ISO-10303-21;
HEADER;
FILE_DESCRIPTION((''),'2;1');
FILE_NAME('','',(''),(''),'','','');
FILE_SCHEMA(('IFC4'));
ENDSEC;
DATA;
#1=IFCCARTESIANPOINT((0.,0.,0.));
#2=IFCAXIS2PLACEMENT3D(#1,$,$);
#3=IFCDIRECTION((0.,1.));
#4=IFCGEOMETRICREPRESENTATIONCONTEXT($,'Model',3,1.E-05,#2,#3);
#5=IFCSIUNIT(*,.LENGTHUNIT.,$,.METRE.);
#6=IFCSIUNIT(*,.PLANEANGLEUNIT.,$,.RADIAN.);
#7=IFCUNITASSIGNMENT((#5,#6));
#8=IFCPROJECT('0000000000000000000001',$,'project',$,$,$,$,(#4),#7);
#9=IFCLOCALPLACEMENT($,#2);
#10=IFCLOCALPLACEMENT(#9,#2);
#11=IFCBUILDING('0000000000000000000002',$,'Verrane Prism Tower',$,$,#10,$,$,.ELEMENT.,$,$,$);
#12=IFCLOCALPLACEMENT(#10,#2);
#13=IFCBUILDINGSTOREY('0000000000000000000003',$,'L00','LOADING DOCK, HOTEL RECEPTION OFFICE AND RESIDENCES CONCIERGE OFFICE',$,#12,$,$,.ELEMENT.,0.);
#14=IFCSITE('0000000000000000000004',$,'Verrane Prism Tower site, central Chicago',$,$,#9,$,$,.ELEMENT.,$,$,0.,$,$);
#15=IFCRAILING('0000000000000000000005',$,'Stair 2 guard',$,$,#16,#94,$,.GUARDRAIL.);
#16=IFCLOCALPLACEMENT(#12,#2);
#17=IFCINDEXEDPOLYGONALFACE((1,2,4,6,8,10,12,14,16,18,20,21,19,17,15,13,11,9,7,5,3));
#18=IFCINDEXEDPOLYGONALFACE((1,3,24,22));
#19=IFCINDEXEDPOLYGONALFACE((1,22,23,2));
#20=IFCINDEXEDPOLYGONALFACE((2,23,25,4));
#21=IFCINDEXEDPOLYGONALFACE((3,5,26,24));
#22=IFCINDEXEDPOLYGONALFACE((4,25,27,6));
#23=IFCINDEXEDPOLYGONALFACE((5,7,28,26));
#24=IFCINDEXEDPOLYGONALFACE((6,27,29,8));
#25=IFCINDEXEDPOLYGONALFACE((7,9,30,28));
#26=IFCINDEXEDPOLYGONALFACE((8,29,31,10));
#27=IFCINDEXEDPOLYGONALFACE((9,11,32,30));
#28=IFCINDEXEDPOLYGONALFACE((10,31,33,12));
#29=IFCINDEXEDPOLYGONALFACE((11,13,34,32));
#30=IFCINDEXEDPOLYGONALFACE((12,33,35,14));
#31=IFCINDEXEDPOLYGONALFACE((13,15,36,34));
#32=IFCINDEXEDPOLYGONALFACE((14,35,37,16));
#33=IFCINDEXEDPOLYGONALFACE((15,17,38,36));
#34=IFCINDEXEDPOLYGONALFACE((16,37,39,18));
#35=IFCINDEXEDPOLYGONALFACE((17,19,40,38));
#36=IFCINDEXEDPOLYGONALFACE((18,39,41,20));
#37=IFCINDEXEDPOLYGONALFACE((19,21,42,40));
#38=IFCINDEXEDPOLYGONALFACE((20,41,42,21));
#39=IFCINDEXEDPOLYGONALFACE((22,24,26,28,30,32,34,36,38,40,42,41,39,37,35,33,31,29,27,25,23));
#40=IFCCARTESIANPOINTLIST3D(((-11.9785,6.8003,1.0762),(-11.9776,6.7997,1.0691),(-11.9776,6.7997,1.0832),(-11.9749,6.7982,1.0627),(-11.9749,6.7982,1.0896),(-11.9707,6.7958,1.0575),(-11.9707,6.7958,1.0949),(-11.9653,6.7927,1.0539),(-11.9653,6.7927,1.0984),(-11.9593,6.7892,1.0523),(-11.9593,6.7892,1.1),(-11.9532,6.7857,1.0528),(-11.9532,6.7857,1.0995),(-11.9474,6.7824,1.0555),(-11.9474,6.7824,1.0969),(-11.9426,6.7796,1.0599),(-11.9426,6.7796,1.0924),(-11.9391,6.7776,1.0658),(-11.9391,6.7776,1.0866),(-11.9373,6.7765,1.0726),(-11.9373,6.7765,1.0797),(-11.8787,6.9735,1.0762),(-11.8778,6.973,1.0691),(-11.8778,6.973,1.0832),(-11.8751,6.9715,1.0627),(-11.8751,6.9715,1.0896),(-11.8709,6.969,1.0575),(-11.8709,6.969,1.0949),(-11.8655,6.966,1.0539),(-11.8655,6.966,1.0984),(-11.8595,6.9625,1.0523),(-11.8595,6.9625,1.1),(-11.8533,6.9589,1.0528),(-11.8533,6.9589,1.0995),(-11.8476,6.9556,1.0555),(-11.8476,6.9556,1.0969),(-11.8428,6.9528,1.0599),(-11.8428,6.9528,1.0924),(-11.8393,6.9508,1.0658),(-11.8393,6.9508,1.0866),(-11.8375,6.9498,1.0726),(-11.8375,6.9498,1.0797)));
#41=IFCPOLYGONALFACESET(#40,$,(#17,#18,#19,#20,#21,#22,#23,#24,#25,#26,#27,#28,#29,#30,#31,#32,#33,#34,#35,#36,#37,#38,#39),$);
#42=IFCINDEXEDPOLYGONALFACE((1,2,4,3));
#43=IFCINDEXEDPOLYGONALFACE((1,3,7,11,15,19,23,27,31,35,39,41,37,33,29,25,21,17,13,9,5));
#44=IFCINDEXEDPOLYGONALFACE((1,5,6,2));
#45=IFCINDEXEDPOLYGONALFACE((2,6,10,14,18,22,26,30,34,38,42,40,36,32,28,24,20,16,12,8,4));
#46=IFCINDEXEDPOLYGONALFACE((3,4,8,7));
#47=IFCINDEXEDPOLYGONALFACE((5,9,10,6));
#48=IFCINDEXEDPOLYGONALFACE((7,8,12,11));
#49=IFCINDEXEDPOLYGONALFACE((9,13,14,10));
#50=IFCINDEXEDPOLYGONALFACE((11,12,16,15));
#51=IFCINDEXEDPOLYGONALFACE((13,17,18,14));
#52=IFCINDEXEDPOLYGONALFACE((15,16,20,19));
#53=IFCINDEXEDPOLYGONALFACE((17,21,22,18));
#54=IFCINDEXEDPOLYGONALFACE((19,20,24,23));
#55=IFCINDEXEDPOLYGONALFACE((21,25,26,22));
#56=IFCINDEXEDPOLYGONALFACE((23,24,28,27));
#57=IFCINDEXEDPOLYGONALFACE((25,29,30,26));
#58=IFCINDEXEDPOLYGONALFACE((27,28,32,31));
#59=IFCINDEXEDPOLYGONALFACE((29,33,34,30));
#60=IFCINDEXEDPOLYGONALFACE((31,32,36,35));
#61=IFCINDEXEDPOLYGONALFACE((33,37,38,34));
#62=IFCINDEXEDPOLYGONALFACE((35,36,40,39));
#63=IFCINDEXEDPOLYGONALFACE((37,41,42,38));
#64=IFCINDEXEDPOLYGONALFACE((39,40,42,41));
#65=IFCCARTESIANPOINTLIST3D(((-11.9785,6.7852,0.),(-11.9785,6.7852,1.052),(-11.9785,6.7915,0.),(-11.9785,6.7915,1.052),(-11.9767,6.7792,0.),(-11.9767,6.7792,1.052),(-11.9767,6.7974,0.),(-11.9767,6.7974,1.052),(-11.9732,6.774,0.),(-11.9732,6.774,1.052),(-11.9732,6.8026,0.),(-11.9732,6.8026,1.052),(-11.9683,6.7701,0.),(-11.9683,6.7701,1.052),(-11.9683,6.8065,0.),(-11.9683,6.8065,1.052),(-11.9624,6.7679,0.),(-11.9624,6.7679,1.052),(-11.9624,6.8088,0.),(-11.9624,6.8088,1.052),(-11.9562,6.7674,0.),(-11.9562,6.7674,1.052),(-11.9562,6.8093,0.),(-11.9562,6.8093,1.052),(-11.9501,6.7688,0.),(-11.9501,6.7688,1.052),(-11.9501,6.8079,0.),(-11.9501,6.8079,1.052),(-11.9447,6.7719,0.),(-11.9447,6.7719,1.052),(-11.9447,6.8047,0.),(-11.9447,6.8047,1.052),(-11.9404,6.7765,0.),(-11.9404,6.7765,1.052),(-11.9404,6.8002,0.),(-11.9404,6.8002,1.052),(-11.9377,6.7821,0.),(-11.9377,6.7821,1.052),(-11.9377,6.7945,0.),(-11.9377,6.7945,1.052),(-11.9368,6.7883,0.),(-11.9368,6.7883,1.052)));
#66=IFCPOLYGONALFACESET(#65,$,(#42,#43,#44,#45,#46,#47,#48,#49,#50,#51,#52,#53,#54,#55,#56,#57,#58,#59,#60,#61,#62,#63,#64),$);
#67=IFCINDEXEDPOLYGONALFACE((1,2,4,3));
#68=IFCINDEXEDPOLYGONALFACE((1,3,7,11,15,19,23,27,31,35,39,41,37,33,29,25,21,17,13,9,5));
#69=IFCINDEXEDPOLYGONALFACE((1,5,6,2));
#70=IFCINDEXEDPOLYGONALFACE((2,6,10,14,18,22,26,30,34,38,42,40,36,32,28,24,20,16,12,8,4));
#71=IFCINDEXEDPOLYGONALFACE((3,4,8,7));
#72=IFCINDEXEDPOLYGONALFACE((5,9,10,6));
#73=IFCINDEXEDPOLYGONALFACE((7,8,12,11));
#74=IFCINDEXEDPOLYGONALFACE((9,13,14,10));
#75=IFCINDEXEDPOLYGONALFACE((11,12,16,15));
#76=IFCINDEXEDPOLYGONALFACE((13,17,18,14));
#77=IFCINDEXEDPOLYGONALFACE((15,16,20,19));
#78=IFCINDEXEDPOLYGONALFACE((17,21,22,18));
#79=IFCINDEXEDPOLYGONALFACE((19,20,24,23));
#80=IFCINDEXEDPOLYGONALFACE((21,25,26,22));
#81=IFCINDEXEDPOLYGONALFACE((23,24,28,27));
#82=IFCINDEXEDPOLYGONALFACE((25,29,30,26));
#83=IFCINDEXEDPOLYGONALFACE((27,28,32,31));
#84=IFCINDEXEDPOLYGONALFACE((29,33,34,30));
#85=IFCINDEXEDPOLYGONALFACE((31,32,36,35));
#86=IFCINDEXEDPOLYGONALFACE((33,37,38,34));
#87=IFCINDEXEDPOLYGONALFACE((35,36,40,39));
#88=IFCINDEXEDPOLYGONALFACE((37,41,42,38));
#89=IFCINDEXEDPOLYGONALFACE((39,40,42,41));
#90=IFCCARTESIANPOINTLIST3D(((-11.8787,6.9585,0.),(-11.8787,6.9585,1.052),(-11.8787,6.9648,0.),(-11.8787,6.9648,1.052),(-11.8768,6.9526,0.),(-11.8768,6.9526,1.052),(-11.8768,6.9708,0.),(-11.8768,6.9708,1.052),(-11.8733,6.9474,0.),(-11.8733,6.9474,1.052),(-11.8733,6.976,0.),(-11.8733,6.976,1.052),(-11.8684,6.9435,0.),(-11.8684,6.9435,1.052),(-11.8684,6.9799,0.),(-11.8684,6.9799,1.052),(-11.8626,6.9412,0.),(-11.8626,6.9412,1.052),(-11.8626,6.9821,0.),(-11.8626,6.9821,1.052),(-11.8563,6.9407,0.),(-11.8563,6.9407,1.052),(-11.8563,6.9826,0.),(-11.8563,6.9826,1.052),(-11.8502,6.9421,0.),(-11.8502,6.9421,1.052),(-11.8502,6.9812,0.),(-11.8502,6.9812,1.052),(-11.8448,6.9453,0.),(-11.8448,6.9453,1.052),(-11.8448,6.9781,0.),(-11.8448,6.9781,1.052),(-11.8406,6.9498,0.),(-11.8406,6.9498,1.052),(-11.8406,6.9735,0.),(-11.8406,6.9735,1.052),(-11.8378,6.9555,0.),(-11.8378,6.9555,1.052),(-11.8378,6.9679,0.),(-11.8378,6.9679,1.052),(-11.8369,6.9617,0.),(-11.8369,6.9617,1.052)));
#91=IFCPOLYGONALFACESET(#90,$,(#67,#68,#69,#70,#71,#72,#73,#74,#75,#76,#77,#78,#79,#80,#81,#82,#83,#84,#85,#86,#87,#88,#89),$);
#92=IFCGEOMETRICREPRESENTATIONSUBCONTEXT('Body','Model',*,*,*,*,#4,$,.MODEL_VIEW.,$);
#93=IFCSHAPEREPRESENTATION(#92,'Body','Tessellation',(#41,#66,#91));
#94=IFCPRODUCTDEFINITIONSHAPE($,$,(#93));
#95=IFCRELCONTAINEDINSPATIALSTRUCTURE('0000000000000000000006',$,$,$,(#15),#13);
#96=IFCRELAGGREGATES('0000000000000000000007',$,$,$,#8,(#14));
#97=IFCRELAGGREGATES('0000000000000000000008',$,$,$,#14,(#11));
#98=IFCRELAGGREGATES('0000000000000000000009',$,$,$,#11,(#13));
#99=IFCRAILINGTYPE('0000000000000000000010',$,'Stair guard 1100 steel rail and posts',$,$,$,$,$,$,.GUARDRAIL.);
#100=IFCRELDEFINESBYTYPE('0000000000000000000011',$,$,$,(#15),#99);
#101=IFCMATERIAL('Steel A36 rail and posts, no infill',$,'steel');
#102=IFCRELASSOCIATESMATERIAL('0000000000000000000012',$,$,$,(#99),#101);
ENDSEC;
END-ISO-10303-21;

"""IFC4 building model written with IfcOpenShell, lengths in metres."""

from ifc_helpers import new_model, si_unit, direction, frame, origin, origin_2d, place, context, subcontext, project, spatial, circle, extrude, material, type_object, element, save


model = new_model("IFC4")

# Units and contexts
model_context = context("Model", 3, precision=1e-05, world=origin(), true_north=direction((0.0, 1.0)))
body_context = subcontext(model_context, "Body", "Model", "MODEL_VIEW")
ifc_project = project(units=[si_unit("LENGTHUNIT", "METRE"), si_unit("PLANEANGLEUNIT", "RADIAN")], contexts=[model_context])

# Site, building, storey
site_placement = place(None, origin())
site = spatial("IfcSite", under=ifc_project, at=site_placement, Name="Verrane Prism Tower site, central Chicago", CompositionType="ELEMENT", RefElevation=0.0)
building_placement = place(site_placement, origin())
building = spatial("IfcBuilding", under=site, at=building_placement, Name="Verrane Prism Tower", CompositionType="ELEMENT")
storey_placement = place(building_placement, origin())
storey = spatial("IfcBuildingStorey", under=building, at=storey_placement, Name="L00", Description="LOADING DOCK, HOTEL RECEPTION OFFICE AND RESIDENCES CONCIERGE OFFICE", CompositionType="ELEMENT", Elevation=0.0)

# Railing
ifc_material_1 = material(Name="Steel A36 rail and posts, no infill", Category="steel")
railing_type_1 = type_object("IfcRailingType", Name="Stair guard 1100 steel rail and posts", PredefinedType="GUARDRAIL", material=ifc_material_1)
railing_1_placement = place(storey_placement, frame((-11.9578, 6.7883, 0.0)))
element("IfcRailing", 1, at=railing_1_placement, inside=storey, type_object=railing_type_1, Name="Stair 2 guard", PredefinedType="GUARDRAIL", context=body_context, shape_type="SweptSolid", body=[
    extrude(circle(Radius=0.0239, at=origin_2d()), frame((0.0, 0.0, 1.0762), z_axis=(0.499159, 0.86651, 0.0), x_axis=(-0.86651, 0.499159, 0.0)), (0.0, 0.0, 1.0), 0.2),
    extrude(circle(Radius=0.021, at=origin_2d()), origin(), (0.0, 0.0, 1.0), 1.052),
    extrude(circle(Radius=0.021, at=origin_2d()), frame((0.0999, 0.1733, 0.0)), (0.0, 0.0, 1.0), 1.052),
])

save(model, "model.ifc")
